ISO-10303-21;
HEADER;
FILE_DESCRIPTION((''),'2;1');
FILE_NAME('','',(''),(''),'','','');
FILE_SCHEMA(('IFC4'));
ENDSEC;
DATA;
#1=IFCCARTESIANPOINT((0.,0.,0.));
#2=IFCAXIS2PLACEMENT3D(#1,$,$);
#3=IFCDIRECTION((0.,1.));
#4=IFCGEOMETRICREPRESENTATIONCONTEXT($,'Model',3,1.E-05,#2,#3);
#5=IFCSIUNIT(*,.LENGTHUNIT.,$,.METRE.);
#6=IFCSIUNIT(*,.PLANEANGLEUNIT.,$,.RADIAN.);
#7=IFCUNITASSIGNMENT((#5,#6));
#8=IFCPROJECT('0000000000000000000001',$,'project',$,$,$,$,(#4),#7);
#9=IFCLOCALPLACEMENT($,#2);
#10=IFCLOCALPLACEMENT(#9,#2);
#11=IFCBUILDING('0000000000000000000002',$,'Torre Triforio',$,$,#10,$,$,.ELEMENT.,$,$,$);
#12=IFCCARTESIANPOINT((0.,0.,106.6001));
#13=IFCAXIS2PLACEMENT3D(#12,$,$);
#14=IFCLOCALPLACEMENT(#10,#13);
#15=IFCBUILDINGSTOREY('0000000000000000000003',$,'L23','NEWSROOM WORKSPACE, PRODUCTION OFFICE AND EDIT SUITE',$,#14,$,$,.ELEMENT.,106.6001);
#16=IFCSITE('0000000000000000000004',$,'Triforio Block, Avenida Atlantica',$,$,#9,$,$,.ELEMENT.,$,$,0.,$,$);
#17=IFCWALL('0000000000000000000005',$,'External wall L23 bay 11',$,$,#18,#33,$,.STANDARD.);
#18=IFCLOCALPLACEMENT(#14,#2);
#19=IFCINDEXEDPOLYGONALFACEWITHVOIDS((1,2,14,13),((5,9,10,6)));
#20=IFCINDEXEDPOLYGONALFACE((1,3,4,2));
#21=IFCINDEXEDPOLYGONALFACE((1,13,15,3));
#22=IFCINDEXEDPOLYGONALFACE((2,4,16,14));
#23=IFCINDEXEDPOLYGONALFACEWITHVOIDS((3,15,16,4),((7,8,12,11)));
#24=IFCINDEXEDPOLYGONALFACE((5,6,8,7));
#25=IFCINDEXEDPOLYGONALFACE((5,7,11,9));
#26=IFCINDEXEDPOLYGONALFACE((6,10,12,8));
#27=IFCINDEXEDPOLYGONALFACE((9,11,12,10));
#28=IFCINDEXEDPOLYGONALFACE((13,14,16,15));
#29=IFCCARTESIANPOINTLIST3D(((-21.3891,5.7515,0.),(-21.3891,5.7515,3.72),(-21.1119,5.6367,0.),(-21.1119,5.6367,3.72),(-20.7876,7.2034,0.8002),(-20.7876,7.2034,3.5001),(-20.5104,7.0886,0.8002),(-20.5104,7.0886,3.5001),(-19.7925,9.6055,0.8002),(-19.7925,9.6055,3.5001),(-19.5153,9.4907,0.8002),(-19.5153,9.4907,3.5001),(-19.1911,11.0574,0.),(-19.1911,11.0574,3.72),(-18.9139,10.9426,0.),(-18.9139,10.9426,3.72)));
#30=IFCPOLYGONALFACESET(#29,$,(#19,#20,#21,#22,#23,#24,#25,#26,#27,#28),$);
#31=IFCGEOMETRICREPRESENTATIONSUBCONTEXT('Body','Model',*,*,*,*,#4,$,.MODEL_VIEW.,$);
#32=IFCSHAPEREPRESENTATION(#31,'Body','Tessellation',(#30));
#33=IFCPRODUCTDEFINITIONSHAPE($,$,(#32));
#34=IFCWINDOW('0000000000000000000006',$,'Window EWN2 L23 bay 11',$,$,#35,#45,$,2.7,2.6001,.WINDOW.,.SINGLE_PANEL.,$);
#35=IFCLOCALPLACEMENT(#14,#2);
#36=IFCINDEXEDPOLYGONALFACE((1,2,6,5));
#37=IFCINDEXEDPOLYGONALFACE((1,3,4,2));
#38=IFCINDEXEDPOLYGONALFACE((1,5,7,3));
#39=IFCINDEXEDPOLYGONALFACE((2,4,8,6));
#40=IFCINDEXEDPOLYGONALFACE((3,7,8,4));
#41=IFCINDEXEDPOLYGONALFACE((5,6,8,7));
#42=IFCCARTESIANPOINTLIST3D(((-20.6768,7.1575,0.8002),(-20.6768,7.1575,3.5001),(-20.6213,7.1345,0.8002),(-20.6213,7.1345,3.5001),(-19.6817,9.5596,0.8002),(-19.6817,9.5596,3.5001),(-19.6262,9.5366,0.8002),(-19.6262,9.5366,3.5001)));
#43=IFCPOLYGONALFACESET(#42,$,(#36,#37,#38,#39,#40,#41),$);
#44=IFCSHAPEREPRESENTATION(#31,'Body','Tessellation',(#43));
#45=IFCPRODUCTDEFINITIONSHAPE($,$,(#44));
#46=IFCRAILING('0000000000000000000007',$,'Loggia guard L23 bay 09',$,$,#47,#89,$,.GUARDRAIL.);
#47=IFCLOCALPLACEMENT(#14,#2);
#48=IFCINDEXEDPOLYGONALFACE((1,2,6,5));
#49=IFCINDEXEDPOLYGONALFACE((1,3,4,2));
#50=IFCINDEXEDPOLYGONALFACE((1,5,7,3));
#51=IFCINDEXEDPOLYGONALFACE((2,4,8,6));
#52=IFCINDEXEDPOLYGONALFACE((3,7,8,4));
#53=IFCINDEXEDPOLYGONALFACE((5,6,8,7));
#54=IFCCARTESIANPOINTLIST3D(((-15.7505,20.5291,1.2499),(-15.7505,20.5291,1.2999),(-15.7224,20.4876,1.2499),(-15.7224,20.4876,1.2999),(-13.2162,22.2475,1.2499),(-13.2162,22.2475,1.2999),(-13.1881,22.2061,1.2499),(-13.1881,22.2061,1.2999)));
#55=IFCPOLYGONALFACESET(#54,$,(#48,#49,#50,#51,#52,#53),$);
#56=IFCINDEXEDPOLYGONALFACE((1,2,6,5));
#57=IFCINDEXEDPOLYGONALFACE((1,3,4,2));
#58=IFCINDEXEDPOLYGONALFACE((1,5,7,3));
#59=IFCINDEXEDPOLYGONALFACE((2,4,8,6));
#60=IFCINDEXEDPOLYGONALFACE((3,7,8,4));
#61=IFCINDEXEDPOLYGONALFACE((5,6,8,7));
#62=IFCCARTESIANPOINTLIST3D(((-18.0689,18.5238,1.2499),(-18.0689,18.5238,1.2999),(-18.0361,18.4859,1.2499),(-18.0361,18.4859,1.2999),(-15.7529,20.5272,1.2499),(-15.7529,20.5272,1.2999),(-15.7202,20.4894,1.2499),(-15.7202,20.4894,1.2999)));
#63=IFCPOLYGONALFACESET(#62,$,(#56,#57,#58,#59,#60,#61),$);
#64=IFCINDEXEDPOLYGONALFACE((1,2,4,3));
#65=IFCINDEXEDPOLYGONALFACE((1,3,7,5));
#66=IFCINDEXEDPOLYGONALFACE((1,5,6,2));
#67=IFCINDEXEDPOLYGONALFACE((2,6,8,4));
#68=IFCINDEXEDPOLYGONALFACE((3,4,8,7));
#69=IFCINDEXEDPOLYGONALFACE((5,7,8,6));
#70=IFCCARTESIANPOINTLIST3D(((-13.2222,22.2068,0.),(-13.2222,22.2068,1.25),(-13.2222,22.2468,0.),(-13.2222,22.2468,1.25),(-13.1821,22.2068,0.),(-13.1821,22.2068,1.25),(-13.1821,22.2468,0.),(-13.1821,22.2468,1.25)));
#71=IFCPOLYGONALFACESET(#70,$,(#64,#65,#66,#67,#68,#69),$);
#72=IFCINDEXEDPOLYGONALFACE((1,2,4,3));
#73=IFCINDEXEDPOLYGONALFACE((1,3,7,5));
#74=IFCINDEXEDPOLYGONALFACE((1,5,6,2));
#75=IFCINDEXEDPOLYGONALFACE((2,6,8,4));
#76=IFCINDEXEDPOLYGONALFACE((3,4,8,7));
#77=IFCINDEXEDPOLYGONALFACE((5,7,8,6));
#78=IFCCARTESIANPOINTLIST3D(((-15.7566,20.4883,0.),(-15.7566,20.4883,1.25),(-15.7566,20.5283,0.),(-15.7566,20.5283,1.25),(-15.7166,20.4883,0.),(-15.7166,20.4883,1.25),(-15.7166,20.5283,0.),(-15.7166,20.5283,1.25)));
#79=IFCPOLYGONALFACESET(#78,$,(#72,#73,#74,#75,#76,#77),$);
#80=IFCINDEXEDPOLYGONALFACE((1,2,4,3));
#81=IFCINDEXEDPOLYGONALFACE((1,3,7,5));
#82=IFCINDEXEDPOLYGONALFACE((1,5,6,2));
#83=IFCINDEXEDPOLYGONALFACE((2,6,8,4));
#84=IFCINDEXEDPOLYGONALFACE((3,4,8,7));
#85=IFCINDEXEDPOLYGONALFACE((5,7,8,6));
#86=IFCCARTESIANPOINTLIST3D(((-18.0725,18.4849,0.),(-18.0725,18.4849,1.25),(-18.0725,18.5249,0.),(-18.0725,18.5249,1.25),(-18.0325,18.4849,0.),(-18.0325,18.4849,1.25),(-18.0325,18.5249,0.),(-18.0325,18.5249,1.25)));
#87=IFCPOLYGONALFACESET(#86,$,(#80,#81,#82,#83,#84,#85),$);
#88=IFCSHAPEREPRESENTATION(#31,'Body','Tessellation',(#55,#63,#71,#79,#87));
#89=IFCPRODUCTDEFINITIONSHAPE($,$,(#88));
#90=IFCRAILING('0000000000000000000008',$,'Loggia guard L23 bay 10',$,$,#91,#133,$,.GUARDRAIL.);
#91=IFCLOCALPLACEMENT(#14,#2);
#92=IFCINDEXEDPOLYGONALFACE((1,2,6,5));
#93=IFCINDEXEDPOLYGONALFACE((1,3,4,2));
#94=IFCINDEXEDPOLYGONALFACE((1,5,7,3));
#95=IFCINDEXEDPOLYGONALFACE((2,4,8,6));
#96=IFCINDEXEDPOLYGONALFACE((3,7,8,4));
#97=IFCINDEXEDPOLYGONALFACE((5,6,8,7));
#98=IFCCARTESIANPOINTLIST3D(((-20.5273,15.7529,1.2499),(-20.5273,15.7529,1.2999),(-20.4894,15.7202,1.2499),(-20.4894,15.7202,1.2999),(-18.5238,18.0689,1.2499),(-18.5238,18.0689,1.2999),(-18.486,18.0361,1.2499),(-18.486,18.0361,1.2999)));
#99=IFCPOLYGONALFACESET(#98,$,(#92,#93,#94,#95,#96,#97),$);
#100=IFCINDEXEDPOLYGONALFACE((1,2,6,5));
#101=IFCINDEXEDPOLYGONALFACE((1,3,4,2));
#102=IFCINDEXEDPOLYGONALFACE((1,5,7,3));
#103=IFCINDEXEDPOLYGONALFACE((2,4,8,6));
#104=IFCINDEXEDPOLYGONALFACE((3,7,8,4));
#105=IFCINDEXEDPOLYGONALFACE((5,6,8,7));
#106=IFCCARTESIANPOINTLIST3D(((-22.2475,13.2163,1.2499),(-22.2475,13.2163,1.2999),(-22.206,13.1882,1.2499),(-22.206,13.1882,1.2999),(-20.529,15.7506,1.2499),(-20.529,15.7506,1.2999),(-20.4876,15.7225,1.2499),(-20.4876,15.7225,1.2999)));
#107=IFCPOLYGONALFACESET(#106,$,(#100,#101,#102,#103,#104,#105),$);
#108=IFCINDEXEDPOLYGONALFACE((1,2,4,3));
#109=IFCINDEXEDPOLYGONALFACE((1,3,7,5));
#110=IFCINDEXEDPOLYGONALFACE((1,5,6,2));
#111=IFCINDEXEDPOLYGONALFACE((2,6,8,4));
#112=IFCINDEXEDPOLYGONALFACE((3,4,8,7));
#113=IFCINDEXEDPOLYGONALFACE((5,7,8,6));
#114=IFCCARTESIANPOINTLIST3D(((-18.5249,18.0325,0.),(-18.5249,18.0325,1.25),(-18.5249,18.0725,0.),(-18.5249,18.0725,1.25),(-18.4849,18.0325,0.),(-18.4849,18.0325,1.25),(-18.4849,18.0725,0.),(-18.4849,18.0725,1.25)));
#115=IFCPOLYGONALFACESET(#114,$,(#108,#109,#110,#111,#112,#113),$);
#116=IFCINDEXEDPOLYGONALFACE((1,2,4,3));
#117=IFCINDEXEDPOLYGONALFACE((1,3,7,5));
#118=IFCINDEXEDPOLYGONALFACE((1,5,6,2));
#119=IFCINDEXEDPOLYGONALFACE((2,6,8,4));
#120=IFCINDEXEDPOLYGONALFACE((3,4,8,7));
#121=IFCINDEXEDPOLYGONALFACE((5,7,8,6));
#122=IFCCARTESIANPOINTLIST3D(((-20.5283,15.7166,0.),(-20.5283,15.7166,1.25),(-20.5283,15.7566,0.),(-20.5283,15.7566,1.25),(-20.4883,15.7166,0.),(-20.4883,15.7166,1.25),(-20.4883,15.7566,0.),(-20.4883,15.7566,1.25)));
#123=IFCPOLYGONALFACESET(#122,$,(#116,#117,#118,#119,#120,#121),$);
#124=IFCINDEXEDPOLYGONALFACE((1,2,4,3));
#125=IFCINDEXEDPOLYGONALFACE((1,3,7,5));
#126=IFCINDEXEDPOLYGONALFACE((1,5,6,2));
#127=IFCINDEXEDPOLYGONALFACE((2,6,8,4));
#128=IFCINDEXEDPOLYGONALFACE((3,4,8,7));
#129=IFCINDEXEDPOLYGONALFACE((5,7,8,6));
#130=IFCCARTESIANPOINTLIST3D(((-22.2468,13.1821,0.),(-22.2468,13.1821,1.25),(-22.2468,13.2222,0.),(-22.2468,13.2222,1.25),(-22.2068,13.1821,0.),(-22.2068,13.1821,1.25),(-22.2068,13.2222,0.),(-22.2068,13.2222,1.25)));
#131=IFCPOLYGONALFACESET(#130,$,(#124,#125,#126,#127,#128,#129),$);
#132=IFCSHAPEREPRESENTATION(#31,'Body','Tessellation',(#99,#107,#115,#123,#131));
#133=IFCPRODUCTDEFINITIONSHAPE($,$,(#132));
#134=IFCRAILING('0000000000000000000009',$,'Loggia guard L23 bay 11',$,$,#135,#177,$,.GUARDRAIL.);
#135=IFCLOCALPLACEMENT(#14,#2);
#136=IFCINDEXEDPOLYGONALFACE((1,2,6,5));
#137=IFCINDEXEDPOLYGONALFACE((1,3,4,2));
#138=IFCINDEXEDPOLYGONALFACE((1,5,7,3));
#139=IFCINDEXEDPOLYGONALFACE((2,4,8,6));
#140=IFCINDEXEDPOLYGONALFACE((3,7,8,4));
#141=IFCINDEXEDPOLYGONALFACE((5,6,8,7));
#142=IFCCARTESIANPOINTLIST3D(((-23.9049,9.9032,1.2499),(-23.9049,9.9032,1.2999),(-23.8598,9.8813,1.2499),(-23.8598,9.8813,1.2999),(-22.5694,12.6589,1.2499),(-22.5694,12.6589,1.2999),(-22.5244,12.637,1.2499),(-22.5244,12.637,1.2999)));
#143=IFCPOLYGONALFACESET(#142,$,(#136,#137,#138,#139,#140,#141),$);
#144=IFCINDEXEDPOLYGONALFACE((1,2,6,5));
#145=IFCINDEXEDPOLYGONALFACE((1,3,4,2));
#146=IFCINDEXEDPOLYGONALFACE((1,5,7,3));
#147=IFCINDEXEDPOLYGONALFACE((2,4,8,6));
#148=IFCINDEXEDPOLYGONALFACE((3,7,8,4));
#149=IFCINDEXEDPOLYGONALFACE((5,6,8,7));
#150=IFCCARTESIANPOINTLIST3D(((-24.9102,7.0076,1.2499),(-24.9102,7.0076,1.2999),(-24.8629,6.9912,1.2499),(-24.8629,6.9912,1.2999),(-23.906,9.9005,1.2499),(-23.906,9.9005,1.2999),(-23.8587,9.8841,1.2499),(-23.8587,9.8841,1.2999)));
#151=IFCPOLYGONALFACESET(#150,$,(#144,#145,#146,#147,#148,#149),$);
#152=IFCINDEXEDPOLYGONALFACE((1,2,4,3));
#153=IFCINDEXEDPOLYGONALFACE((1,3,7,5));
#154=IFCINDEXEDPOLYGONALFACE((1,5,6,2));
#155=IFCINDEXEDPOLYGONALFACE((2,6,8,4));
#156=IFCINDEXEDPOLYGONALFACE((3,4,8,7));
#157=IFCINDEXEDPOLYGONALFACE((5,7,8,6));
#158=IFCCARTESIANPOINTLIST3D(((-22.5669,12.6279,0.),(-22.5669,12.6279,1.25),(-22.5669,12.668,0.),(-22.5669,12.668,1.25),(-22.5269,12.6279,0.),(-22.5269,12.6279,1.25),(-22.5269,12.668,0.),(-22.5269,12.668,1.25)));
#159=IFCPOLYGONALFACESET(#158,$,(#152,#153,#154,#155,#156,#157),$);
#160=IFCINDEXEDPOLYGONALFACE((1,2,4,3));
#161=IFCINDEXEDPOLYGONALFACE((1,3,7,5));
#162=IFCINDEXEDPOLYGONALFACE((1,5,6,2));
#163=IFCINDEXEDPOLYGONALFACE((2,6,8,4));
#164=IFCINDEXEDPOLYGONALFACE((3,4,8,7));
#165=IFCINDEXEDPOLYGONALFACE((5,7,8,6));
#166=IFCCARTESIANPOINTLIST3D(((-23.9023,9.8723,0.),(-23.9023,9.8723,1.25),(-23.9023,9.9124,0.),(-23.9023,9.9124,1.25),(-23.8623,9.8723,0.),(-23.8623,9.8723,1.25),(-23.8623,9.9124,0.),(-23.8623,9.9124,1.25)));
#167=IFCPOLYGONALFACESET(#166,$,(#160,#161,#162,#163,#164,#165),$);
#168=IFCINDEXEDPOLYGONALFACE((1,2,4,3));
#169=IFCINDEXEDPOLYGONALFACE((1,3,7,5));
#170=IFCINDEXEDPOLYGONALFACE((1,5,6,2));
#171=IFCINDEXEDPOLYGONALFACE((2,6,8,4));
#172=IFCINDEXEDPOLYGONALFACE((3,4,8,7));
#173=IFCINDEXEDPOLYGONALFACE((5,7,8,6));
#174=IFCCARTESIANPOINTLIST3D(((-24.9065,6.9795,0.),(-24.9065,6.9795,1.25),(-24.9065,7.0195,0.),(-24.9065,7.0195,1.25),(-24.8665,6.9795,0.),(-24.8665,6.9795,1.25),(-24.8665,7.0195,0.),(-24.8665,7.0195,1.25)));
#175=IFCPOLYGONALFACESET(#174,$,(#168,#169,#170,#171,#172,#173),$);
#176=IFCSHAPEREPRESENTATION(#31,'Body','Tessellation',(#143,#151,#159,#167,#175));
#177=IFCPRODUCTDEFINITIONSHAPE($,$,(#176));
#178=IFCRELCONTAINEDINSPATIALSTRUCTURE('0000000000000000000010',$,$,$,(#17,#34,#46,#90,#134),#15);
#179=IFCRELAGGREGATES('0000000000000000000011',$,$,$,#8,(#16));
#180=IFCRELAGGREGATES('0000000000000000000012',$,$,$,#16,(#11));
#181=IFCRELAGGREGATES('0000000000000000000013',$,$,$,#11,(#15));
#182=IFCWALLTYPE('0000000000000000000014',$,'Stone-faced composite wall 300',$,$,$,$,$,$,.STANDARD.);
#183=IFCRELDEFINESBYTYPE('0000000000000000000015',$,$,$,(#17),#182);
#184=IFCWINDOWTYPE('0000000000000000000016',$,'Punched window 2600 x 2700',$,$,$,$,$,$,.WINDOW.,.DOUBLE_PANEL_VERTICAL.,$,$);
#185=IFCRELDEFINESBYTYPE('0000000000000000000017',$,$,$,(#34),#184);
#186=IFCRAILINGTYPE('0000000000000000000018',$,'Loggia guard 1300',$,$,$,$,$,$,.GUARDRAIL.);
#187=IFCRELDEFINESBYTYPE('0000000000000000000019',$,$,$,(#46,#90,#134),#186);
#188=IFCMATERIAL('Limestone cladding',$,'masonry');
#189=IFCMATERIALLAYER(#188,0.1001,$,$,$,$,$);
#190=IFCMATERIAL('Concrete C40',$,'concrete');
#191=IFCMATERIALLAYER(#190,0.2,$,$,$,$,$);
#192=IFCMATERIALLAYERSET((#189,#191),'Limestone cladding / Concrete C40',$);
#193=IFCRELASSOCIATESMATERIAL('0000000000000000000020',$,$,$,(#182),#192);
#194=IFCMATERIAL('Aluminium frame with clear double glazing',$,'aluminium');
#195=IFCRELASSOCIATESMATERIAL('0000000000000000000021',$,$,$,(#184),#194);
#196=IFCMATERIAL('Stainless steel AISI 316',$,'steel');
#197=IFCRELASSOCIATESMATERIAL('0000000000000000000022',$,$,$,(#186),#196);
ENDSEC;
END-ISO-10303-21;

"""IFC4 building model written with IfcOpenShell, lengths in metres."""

from ifc_helpers import new_model, si_unit, direction, frame, frame_2d, origin, origin_2d, place, context, subcontext, project, spatial, rectangle, extrude, material, layer, layer_set, type_object, element, fill, save


model = new_model("IFC4")

# Units and contexts
model_context = context("Model", 3, precision=1e-05, world=origin(), true_north=direction((0.0, 1.0)))
body_context = subcontext(model_context, "Body", "Model", "MODEL_VIEW")
ifc_project = project(units=[si_unit("LENGTHUNIT", "METRE"), si_unit("PLANEANGLEUNIT", "RADIAN")], contexts=[model_context])

# Site, building, storey
site_placement = place(None, origin())
site = spatial("IfcSite", under=ifc_project, at=site_placement, Name="Triforio Block, Avenida Atlantica", CompositionType="ELEMENT", RefElevation=0.0)
building_placement = place(site_placement, origin())
building = spatial("IfcBuilding", under=site, at=building_placement, Name="Torre Triforio", CompositionType="ELEMENT")
storey_placement = place(building_placement, frame((0.0, 0.0, 106.6001)))
storey = spatial("IfcBuildingStorey", under=building, at=storey_placement, Name="L23", Description="NEWSROOM WORKSPACE, PRODUCTION OFFICE AND EDIT SUITE", CompositionType="ELEMENT", Elevation=106.6001)

# Shared definitions
ifc_material_1 = material(Name="Limestone cladding", Category="masonry")
ifc_material_2 = material(Name="Concrete C40", Category="concrete")

# Shared definitions
ifc_layer_1 = layer(ifc_material_1, 0.1001)
ifc_layer_2 = layer(ifc_material_2, 0.2)
ifc_layer_set_1 = layer_set([ifc_layer_1, ifc_layer_2], Name="Limestone cladding / Concrete C40")
wall_type_1 = type_object("IfcWallType", Name="Stone-faced composite wall 300", PredefinedType="STANDARD", material=ifc_layer_set_1)
ifc_material_3 = material(Name="Aluminium frame with clear double glazing", Category="aluminium")
window_type_1 = type_object("IfcWindowType", Name="Punched window 2600 x 2700", PartitioningType="DOUBLE_PANEL_VERTICAL", PredefinedType="WINDOW", material=ifc_material_3)

# Wall, opening, window
wall_1_placement = place(storey_placement, frame((-19.0525, 11.0, 0.0), z_axis=(0.0, 0.0, 1.0), x_axis=(-0.382716, -0.923866, 0.0)))
wall_1 = element("IfcWall", 1, at=wall_1_placement, inside=storey, type_object=wall_type_1, Name="External wall L23 bay 11", PredefinedType="STANDARD", context=body_context, shape_type="SweptSolid", body=[
    extrude(rectangle(XDim=5.7432, YDim=0.3, at=frame_2d((2.8716, 0.0))), origin(), (0.0, 0.0, 1.0), 3.72),
])
opening_1_placement = place(wall_1_placement, frame((1.5715, 0.0, 0.8)))
opening_1 = element("IfcOpeningElement", 2, at=opening_1_placement, cuts=wall_1, PredefinedType="OPENING", context=body_context, shape_type="SweptSolid", body=[
    extrude(rectangle(XDim=2.6001, YDim=2.7, at=frame_2d((1.3, 1.3501))), frame((0.0, 0.1599, 0.0), z_axis=(0.0, -1.0, 0.0), x_axis=(1.0, 0.0, 0.0)), (0.0, 0.0, 1.0), 0.3201),
])
window_1_placement = place(opening_1_placement, origin())
window_1 = element("IfcWindow", 3, at=window_1_placement, inside=storey, type_object=window_type_1, Name="Window EWN2 L23 bay 11", OverallHeight=2.7, OverallWidth=2.6001, PartitioningType="SINGLE_PANEL", PredefinedType="WINDOW", context=body_context, shape_type="SweptSolid", body=[
    extrude(rectangle(XDim=2.6001, YDim=2.7, at=frame_2d((1.3, 1.3501))), frame((0.0, 0.03, 0.0), z_axis=(0.0, -1.0, 0.0), x_axis=(1.0, 0.0, 0.0)), (0.0, 0.0, 1.0), 0.0601),
])
fill(opening_1, window_1)

# Railings
ifc_material_4 = material(Name="Stainless steel AISI 316", Category="steel")
railing_type = type_object("IfcRailingType", Name="Loggia guard 1300", PredefinedType="GUARDRAIL", material=ifc_material_4)
railing_1_placement = place(storey_placement, frame((-13.2021, 22.2268, 0.0)))
element("IfcRailing", 4, at=railing_1_placement, inside=storey, type_object=railing_type, Name="Loggia guard L23 bay 09", PredefinedType="GUARDRAIL", context=body_context, shape_type="SweptSolid", body=[
    extrude(rectangle(XDim=0.05, YDim=0.05, at=origin_2d()), frame((0.0, 0.0, 1.2749), z_axis=(-0.82767, -0.561215, 0.0), x_axis=(0.561215, -0.82767, 0.0)), (0.0, 0.0, 1.0), 3.062),
    extrude(rectangle(XDim=0.05, YDim=0.05, at=origin_2d()), frame((-2.5344, -1.7185, 1.2749), z_axis=(-0.756289, -0.654238, 0.0), x_axis=(0.654238, -0.756289, 0.0)), (0.0, 0.0, 1.0), 3.0623),
    extrude(rectangle(XDim=0.04, YDim=0.04, at=origin_2d()), origin(), (0.0, 0.0, 1.0), 1.25),
    extrude(rectangle(XDim=0.04, YDim=0.04, at=origin_2d()), frame((-2.5344, -1.7185, 0.0)), (0.0, 0.0, 1.0), 1.25),
    extrude(rectangle(XDim=0.04, YDim=0.04, at=origin_2d()), frame((-4.8503, -3.7219, 0.0)), (0.0, 0.0, 1.0), 1.25),
])
railing_2_placement = place(storey_placement, frame((-18.5049, 18.0525, 0.0)))
element("IfcRailing", 5, at=railing_2_placement, inside=storey, type_object=railing_type, Name="Loggia guard L23 bay 10", PredefinedType="GUARDRAIL", context=body_context, shape_type="SweptSolid", body=[
    extrude(rectangle(XDim=0.05, YDim=0.05, at=origin_2d()), frame((0.0, 0.0, 1.2749), z_axis=(-0.654238, -0.756289, 0.0), x_axis=(0.756289, -0.654238, 0.0)), (0.0, 0.0, 1.0), 3.0623),
    extrude(rectangle(XDim=0.05, YDim=0.05, at=origin_2d()), frame((-2.0034, -2.3159, 1.2749), z_axis=(-0.561215, -0.82767, 0.0), x_axis=(0.82767, -0.561215, 0.0)), (0.0, 0.0, 1.0), 3.062),
    extrude(rectangle(XDim=0.04, YDim=0.04, at=origin_2d()), origin(), (0.0, 0.0, 1.0), 1.25),
    extrude(rectangle(XDim=0.04, YDim=0.04, at=origin_2d()), frame((-2.0034, -2.3159, 0.0)), (0.0, 0.0, 1.0), 1.25),
    extrude(rectangle(XDim=0.04, YDim=0.04, at=origin_2d()), frame((-3.7219, -4.8503, 0.0)), (0.0, 0.0, 1.0), 1.25),
])
railing_3_placement = place(storey_placement, frame((-22.5469, 12.6479, 0.0)))
element("IfcRailing", 6, at=railing_3_placement, inside=storey, type_object=railing_type, Name="Loggia guard L23 bay 11", PredefinedType="GUARDRAIL", context=body_context, shape_type="SweptSolid", body=[
    extrude(rectangle(XDim=0.05, YDim=0.05, at=origin_2d()), frame((0.0, 0.0, 1.2749), z_axis=(-0.436113, -0.899892, 0.0), x_axis=(0.899892, -0.436113, 0.0)), (0.0, 0.0, 1.0), 3.0623),
    extrude(rectangle(XDim=0.05, YDim=0.05, at=origin_2d()), frame((-1.3354, -2.7556, 1.2749), z_axis=(-0.327924, -0.944704, 0.0), x_axis=(0.944704, -0.327924, 0.0)), (0.0, 0.0, 1.0), 3.0623),
    extrude(rectangle(XDim=0.04, YDim=0.04, at=origin_2d()), origin(), (0.0, 0.0, 1.0), 1.25),
    extrude(rectangle(XDim=0.04, YDim=0.04, at=origin_2d()), frame((-1.3354, -2.7556, 0.0)), (0.0, 0.0, 1.0), 1.25),
    extrude(rectangle(XDim=0.04, YDim=0.04, at=origin_2d()), frame((-2.3396, -5.6484, 0.0)), (0.0, 0.0, 1.0), 1.25),
])

save(model, "model.ifc")
